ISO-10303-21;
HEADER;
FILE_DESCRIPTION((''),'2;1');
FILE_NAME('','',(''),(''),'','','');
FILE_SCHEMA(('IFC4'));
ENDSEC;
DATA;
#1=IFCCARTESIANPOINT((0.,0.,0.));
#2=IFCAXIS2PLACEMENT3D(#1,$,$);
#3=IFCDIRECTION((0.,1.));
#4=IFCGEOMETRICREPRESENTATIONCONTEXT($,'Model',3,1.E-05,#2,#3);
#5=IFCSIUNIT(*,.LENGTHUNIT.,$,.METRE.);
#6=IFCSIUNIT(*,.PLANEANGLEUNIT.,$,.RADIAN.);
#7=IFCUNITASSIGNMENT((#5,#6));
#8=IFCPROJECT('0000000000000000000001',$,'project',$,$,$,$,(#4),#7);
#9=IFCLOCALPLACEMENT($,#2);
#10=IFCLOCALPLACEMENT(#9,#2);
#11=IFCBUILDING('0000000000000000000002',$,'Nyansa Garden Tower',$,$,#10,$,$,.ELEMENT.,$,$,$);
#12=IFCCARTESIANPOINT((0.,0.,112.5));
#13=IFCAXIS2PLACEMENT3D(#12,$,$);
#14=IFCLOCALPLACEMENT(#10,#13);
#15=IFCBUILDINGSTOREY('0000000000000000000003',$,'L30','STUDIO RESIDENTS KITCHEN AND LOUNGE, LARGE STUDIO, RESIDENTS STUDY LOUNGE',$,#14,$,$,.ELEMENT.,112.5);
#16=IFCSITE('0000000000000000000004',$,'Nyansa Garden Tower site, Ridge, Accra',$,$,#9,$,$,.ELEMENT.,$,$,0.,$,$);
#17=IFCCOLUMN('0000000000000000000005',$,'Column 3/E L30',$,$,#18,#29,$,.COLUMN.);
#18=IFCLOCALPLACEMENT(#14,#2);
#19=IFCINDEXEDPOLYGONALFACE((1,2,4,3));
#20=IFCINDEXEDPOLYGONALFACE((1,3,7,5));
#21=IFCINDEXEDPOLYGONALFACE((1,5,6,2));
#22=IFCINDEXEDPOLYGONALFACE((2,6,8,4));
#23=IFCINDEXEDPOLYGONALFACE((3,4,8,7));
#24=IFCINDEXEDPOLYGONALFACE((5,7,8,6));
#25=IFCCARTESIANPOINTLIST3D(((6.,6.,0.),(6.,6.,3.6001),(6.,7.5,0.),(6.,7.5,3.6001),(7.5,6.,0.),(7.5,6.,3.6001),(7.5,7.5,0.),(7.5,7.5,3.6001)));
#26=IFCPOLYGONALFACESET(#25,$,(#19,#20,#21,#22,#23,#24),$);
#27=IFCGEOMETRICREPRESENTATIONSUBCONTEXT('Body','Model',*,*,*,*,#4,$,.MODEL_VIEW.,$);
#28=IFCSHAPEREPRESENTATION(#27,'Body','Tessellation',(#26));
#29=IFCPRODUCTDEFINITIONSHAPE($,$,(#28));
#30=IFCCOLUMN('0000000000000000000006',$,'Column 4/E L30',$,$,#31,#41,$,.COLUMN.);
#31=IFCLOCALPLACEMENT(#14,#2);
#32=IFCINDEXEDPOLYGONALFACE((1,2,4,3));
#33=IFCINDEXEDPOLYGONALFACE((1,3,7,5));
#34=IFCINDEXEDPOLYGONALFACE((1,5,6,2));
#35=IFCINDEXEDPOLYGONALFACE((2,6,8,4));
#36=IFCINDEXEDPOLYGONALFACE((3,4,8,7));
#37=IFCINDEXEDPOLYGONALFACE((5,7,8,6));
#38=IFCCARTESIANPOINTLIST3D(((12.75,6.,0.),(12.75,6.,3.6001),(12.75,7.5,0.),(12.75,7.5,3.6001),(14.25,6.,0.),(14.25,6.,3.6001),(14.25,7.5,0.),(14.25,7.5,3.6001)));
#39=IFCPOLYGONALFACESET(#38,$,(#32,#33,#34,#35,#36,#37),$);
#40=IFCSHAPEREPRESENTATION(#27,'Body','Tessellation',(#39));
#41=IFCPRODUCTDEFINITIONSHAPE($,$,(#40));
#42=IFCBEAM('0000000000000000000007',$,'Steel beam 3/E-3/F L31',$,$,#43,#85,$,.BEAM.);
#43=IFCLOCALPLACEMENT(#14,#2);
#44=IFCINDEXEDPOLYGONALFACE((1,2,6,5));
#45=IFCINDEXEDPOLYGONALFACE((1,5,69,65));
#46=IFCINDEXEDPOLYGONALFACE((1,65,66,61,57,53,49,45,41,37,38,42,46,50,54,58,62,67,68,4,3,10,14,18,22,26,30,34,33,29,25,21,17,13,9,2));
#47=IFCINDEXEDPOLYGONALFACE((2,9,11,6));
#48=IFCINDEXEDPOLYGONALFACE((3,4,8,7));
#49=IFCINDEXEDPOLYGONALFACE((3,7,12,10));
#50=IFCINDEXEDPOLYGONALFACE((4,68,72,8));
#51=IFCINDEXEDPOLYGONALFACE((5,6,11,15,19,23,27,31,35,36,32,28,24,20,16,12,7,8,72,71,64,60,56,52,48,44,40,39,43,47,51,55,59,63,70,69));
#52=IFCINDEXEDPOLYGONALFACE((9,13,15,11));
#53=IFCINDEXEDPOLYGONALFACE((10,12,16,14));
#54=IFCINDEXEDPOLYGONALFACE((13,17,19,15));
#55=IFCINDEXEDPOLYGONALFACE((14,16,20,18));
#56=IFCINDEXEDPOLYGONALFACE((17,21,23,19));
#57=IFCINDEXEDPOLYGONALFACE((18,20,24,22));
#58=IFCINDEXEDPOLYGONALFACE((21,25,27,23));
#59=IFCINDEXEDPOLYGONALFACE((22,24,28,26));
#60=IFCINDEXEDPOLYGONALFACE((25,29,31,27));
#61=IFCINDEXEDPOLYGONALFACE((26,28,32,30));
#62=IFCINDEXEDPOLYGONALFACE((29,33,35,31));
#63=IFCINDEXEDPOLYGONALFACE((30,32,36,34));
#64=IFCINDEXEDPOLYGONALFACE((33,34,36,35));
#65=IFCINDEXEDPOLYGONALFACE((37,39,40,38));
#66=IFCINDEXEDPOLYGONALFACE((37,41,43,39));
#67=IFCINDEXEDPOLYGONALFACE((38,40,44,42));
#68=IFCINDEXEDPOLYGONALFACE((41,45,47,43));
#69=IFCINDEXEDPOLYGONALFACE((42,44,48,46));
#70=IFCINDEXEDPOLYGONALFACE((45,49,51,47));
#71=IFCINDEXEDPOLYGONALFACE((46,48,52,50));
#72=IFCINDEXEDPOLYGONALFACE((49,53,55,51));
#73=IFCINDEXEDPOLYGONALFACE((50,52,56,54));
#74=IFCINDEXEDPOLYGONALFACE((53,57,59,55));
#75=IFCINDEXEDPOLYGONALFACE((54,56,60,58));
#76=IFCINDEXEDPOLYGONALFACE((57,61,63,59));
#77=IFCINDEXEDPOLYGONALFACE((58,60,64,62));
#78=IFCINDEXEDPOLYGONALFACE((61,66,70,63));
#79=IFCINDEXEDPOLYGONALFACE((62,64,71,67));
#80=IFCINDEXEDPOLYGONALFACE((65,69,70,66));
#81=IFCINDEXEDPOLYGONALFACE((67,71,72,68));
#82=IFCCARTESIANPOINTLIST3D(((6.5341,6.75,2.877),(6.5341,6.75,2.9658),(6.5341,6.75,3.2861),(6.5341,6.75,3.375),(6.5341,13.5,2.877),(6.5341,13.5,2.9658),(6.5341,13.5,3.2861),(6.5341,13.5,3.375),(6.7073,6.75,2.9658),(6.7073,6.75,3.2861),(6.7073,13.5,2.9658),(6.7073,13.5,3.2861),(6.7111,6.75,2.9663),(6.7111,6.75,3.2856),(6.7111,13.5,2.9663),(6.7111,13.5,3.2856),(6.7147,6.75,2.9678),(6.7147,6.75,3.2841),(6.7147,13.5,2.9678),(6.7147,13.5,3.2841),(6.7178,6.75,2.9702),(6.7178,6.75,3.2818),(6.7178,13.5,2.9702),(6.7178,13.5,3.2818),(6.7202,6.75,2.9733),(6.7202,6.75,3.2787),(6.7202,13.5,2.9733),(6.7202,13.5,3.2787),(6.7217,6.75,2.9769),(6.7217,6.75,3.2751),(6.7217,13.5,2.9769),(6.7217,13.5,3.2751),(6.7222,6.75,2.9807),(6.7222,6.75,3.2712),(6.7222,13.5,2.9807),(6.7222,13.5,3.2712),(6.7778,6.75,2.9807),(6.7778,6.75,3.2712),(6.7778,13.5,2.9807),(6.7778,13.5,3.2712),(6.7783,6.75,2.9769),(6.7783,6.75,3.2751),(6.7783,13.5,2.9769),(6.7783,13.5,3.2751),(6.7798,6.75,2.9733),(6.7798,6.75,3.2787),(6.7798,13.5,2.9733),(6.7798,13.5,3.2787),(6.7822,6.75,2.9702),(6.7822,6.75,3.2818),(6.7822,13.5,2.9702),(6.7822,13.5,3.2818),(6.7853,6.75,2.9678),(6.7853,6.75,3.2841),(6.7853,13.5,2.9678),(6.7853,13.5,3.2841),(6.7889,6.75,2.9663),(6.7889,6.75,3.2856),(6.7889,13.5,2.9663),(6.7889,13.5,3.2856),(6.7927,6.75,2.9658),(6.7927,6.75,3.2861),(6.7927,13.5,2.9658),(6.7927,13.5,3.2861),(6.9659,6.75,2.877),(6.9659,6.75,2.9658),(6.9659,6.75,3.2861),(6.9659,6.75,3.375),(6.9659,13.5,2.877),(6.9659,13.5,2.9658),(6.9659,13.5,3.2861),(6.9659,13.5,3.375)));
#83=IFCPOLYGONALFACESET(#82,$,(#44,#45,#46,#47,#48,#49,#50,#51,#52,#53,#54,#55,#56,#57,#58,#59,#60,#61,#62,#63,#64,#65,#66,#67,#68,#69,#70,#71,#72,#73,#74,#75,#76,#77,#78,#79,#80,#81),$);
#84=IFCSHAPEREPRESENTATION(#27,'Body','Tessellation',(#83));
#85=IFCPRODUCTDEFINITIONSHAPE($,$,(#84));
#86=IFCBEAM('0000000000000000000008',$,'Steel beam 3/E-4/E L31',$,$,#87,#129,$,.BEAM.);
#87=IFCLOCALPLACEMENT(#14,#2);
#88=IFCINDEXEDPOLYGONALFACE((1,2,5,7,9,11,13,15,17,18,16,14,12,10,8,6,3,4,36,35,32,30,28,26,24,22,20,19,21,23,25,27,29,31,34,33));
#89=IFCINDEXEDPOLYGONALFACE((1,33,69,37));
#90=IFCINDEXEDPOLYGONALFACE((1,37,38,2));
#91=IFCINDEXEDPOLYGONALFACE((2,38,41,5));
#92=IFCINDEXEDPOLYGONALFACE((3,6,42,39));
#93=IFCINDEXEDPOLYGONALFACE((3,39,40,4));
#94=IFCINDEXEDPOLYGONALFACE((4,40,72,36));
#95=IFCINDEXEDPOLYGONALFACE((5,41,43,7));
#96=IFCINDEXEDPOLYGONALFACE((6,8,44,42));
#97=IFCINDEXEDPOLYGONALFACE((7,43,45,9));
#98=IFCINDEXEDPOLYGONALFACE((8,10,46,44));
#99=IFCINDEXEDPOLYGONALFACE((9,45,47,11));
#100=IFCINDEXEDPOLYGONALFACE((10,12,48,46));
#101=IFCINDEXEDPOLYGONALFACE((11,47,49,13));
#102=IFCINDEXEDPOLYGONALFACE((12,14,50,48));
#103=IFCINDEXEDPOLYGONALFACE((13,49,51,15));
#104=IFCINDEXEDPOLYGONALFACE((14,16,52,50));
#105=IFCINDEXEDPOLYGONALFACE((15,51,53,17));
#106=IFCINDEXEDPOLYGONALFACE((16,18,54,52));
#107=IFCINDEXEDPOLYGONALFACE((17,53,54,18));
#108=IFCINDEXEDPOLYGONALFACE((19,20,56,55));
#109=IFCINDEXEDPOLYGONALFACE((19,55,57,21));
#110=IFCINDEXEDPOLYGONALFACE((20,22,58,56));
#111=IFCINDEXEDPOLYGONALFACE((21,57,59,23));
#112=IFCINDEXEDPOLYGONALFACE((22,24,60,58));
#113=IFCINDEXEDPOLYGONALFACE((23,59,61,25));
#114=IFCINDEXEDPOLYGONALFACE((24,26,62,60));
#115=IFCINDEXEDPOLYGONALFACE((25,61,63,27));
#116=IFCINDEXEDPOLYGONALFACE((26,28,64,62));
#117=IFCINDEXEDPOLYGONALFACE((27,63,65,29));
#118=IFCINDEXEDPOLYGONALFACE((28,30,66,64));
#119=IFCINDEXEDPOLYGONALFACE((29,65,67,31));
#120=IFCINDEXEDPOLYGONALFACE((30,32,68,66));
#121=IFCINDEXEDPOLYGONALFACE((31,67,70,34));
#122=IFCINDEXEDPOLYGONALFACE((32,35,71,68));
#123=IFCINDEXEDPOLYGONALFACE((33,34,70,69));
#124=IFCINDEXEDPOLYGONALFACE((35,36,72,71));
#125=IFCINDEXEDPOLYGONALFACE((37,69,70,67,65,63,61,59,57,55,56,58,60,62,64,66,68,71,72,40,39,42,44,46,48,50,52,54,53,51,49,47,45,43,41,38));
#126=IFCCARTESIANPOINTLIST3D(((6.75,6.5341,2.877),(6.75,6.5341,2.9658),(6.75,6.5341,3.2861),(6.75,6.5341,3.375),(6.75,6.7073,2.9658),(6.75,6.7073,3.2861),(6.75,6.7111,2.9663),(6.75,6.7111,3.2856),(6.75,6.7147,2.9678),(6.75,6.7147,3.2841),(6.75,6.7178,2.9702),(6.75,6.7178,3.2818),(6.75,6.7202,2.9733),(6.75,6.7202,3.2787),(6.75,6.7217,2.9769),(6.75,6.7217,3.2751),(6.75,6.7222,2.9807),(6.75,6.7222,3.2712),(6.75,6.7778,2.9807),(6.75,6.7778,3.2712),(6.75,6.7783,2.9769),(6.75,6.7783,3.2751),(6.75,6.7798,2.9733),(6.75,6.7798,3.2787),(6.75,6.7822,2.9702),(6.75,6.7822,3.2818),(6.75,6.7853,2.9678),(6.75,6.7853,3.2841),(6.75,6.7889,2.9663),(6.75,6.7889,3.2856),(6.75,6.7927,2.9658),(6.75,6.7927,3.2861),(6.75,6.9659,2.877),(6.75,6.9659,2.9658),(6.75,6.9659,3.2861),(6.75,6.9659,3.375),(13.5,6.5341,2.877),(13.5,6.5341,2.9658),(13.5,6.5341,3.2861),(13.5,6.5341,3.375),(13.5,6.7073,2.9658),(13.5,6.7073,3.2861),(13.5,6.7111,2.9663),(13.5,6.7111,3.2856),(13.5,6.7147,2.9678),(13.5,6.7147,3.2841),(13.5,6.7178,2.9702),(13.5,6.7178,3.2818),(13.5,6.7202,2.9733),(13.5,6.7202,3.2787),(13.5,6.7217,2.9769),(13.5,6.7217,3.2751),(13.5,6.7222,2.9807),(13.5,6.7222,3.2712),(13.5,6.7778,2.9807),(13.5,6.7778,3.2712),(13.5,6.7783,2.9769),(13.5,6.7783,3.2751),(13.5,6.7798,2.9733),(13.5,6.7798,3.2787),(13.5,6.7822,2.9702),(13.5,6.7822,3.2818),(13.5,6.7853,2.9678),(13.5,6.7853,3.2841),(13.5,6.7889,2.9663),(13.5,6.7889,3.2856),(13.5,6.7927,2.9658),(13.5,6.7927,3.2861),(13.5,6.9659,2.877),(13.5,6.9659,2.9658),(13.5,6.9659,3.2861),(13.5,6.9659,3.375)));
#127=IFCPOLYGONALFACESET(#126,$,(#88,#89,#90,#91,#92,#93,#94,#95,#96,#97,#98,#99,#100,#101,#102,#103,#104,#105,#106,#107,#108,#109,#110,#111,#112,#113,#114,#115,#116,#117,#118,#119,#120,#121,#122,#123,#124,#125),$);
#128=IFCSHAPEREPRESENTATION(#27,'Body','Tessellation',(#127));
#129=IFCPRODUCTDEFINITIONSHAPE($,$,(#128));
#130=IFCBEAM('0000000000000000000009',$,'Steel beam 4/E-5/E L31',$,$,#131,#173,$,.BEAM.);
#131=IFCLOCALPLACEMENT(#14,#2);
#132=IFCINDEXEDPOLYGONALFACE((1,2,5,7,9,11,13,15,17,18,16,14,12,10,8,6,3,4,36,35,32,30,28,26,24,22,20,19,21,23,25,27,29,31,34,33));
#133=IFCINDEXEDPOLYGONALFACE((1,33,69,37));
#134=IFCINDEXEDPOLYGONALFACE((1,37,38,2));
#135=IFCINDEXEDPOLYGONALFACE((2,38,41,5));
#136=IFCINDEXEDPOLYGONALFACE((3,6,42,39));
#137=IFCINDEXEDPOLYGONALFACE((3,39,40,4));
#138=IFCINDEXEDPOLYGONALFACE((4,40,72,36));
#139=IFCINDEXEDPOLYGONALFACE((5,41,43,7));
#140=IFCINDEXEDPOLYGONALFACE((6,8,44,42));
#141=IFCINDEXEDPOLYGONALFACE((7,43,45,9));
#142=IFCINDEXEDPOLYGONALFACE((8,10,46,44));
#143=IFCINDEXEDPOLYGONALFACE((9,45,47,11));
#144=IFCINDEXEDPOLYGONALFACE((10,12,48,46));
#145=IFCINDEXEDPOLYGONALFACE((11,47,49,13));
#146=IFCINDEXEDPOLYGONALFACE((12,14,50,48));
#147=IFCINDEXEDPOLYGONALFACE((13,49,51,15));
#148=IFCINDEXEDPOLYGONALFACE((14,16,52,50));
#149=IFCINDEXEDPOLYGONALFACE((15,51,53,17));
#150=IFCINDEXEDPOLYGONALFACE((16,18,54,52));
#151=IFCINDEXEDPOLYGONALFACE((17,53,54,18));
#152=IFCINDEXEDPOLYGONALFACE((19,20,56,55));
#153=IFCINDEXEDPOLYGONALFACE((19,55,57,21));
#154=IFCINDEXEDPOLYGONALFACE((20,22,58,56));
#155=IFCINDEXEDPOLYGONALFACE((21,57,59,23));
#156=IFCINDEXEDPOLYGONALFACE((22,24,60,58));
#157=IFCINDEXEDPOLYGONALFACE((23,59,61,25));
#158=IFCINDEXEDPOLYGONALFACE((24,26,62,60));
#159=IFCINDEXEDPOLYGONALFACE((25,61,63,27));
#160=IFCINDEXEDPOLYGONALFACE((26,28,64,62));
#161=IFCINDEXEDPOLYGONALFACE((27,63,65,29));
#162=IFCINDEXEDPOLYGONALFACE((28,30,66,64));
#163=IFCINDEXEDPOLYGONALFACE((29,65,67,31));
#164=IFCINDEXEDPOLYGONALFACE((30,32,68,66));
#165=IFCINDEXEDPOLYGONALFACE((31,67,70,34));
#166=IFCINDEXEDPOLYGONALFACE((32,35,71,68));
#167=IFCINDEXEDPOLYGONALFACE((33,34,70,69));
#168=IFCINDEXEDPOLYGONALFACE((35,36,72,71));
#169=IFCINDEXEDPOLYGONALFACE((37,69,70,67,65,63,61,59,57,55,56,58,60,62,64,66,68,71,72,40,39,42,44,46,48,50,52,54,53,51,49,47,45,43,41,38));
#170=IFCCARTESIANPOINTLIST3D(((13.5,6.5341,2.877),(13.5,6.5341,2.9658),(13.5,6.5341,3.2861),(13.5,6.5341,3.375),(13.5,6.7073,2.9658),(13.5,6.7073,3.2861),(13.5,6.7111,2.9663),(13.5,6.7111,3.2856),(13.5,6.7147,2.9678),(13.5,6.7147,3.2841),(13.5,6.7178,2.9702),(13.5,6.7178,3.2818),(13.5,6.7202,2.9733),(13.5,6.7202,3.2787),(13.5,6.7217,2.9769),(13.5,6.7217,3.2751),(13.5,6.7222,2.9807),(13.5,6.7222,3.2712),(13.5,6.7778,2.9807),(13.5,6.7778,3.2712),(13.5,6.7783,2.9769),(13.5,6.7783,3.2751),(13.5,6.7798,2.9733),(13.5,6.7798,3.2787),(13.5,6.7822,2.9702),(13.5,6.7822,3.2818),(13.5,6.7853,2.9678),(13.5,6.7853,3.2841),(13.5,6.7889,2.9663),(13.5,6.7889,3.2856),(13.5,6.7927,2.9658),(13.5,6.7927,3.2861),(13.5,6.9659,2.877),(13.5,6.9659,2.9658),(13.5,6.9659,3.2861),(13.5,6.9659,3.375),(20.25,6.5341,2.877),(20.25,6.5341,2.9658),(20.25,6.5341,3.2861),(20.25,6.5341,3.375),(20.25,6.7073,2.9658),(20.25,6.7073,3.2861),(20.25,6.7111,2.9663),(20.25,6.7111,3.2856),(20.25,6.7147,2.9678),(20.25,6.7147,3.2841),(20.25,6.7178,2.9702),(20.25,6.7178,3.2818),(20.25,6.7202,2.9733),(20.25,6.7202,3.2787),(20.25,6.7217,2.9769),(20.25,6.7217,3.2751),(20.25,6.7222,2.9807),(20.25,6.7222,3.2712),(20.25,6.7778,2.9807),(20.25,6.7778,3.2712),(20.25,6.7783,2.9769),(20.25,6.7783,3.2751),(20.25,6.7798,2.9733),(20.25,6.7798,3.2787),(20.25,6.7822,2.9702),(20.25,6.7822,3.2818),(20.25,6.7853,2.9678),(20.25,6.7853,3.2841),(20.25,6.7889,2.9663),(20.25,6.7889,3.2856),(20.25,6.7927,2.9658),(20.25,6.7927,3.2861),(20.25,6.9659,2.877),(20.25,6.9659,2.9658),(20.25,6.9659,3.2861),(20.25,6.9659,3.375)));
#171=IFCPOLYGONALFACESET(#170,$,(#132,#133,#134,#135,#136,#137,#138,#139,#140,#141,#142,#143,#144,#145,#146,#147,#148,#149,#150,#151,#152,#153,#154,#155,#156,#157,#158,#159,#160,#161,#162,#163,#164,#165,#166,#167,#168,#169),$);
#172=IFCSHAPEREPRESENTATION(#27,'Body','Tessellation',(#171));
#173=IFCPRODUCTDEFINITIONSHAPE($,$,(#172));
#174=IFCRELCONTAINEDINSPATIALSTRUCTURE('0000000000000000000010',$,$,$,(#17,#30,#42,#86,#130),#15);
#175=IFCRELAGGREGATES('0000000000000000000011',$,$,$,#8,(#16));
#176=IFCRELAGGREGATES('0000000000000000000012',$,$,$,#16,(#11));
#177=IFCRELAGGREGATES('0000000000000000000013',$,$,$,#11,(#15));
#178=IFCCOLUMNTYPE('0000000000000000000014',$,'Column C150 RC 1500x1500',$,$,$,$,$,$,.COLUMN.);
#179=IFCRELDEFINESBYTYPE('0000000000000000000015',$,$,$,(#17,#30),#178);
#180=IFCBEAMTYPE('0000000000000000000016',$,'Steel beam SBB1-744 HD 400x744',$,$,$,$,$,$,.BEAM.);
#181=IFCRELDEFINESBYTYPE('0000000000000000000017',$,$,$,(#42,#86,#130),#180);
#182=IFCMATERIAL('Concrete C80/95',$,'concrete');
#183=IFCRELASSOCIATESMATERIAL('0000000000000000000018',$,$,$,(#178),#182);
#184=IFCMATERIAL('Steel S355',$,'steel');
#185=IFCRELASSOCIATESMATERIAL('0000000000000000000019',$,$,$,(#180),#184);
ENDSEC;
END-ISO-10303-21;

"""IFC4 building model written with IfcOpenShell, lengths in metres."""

from ifc_helpers import new_model, si_unit, direction, frame, origin, origin_2d, place, context, subcontext, project, spatial, rectangle, i_section, extrude, material, material_profile, profile_set, type_object, element, save


model = new_model("IFC4")

# Units and contexts
model_context = context("Model", 3, precision=1e-05, world=origin(), true_north=direction((0.0, 1.0)))
body_context = subcontext(model_context, "Body", "Model", "MODEL_VIEW")
ifc_project = project(units=[si_unit("LENGTHUNIT", "METRE"), si_unit("PLANEANGLEUNIT", "RADIAN")], contexts=[model_context])

# Site, building, storey
site_placement = place(None, origin())
site = spatial("IfcSite", under=ifc_project, at=site_placement, Name="Nyansa Garden Tower site, Ridge, Accra", CompositionType="ELEMENT", RefElevation=0.0)
building_placement = place(site_placement, origin())
building = spatial("IfcBuilding", under=site, at=building_placement, Name="Nyansa Garden Tower", CompositionType="ELEMENT")
storey_placement = place(building_placement, frame((0.0, 0.0, 112.5)))
storey = spatial("IfcBuildingStorey", under=building, at=storey_placement, Name="L30", Description="STUDIO RESIDENTS KITCHEN AND LOUNGE, LARGE STUDIO, RESIDENTS STUDY LOUNGE", CompositionType="ELEMENT", Elevation=112.5)

# Columns
ifc_material_1 = material(Name="Concrete C80/95", Category="concrete")
ifc_material_profile_1 = material_profile(ifc_material_1, rectangle(XDim=1.5, YDim=1.5, at=origin_2d()), Name="RC 1500x1500")
ifc_profile_set_1 = profile_set([ifc_material_profile_1], Name="Concrete C80/95")
column_type = type_object("IfcColumnType", Name="Column C150 RC 1500x1500", PredefinedType="COLUMN", material=ifc_profile_set_1)
for number, where, z_axis, x_axis, name in (
    (1, (6.75, 6.75, 0.0), (0.0, 0.0, 1.0), (1.0, 0.0, 0.0), "Column 3/E L30"),
    (2, (13.5, 6.75, 0.0), (0.0, 0.0, 1.0), (1.0, 0.0, 0.0), "Column 4/E L30"),
):
    element("IfcColumn", number, at=place(storey_placement, frame(where, z_axis=z_axis, x_axis=x_axis)), inside=storey, type_object=column_type, Name=name, PredefinedType="COLUMN", context=body_context, shape_type="SweptSolid", body=[
        extrude(rectangle(XDim=1.5, YDim=1.5, at=origin_2d()), origin(), (0.0, 0.0, 1.0), 3.6001),
    ])

# Beams
ifc_material_2 = material(Name="Steel S355", Category="steel")
ifc_material_profile_2 = material_profile(ifc_material_2, i_section(OverallWidth=0.4319, OverallDepth=0.498, WebThickness=0.0557, FlangeThickness=0.0889, FilletRadius=0.0149, at=origin_2d()), Name="HD 400x744")
ifc_profile_set_2 = profile_set([ifc_material_profile_2], Name="Steel S355")
beam_type_1 = type_object("IfcBeamType", Name="Steel beam SBB1-744 HD 400x744", PredefinedType="BEAM", material=ifc_profile_set_2)
for number, where, z_axis, x_axis, name in (
    (3, (6.75, 6.75, 3.126), (0.0, 1.0, 0.0), (-1.0, 0.0, 0.0), "Steel beam 3/E-3/F L31"),
    (4, (6.75, 6.75, 3.126), (1.0, 0.0, 0.0), (0.0, 1.0, 0.0), "Steel beam 3/E-4/E L31"),
    (5, (13.5, 6.75, 3.126), (1.0, 0.0, 0.0), (0.0, 1.0, 0.0), "Steel beam 4/E-5/E L31"),
):
    element("IfcBeam", number, at=place(storey_placement, frame(where, z_axis=z_axis, x_axis=x_axis)), inside=storey, type_object=beam_type_1, Name=name, PredefinedType="BEAM", context=body_context, shape_type="SweptSolid", body=[
        extrude(i_section(OverallWidth=0.4319, OverallDepth=0.498, WebThickness=0.0557, FlangeThickness=0.0889, FilletRadius=0.0149, at=origin_2d()), origin(), (0.0, 0.0, 1.0), 6.75),
    ])

save(model, "model.ifc")
